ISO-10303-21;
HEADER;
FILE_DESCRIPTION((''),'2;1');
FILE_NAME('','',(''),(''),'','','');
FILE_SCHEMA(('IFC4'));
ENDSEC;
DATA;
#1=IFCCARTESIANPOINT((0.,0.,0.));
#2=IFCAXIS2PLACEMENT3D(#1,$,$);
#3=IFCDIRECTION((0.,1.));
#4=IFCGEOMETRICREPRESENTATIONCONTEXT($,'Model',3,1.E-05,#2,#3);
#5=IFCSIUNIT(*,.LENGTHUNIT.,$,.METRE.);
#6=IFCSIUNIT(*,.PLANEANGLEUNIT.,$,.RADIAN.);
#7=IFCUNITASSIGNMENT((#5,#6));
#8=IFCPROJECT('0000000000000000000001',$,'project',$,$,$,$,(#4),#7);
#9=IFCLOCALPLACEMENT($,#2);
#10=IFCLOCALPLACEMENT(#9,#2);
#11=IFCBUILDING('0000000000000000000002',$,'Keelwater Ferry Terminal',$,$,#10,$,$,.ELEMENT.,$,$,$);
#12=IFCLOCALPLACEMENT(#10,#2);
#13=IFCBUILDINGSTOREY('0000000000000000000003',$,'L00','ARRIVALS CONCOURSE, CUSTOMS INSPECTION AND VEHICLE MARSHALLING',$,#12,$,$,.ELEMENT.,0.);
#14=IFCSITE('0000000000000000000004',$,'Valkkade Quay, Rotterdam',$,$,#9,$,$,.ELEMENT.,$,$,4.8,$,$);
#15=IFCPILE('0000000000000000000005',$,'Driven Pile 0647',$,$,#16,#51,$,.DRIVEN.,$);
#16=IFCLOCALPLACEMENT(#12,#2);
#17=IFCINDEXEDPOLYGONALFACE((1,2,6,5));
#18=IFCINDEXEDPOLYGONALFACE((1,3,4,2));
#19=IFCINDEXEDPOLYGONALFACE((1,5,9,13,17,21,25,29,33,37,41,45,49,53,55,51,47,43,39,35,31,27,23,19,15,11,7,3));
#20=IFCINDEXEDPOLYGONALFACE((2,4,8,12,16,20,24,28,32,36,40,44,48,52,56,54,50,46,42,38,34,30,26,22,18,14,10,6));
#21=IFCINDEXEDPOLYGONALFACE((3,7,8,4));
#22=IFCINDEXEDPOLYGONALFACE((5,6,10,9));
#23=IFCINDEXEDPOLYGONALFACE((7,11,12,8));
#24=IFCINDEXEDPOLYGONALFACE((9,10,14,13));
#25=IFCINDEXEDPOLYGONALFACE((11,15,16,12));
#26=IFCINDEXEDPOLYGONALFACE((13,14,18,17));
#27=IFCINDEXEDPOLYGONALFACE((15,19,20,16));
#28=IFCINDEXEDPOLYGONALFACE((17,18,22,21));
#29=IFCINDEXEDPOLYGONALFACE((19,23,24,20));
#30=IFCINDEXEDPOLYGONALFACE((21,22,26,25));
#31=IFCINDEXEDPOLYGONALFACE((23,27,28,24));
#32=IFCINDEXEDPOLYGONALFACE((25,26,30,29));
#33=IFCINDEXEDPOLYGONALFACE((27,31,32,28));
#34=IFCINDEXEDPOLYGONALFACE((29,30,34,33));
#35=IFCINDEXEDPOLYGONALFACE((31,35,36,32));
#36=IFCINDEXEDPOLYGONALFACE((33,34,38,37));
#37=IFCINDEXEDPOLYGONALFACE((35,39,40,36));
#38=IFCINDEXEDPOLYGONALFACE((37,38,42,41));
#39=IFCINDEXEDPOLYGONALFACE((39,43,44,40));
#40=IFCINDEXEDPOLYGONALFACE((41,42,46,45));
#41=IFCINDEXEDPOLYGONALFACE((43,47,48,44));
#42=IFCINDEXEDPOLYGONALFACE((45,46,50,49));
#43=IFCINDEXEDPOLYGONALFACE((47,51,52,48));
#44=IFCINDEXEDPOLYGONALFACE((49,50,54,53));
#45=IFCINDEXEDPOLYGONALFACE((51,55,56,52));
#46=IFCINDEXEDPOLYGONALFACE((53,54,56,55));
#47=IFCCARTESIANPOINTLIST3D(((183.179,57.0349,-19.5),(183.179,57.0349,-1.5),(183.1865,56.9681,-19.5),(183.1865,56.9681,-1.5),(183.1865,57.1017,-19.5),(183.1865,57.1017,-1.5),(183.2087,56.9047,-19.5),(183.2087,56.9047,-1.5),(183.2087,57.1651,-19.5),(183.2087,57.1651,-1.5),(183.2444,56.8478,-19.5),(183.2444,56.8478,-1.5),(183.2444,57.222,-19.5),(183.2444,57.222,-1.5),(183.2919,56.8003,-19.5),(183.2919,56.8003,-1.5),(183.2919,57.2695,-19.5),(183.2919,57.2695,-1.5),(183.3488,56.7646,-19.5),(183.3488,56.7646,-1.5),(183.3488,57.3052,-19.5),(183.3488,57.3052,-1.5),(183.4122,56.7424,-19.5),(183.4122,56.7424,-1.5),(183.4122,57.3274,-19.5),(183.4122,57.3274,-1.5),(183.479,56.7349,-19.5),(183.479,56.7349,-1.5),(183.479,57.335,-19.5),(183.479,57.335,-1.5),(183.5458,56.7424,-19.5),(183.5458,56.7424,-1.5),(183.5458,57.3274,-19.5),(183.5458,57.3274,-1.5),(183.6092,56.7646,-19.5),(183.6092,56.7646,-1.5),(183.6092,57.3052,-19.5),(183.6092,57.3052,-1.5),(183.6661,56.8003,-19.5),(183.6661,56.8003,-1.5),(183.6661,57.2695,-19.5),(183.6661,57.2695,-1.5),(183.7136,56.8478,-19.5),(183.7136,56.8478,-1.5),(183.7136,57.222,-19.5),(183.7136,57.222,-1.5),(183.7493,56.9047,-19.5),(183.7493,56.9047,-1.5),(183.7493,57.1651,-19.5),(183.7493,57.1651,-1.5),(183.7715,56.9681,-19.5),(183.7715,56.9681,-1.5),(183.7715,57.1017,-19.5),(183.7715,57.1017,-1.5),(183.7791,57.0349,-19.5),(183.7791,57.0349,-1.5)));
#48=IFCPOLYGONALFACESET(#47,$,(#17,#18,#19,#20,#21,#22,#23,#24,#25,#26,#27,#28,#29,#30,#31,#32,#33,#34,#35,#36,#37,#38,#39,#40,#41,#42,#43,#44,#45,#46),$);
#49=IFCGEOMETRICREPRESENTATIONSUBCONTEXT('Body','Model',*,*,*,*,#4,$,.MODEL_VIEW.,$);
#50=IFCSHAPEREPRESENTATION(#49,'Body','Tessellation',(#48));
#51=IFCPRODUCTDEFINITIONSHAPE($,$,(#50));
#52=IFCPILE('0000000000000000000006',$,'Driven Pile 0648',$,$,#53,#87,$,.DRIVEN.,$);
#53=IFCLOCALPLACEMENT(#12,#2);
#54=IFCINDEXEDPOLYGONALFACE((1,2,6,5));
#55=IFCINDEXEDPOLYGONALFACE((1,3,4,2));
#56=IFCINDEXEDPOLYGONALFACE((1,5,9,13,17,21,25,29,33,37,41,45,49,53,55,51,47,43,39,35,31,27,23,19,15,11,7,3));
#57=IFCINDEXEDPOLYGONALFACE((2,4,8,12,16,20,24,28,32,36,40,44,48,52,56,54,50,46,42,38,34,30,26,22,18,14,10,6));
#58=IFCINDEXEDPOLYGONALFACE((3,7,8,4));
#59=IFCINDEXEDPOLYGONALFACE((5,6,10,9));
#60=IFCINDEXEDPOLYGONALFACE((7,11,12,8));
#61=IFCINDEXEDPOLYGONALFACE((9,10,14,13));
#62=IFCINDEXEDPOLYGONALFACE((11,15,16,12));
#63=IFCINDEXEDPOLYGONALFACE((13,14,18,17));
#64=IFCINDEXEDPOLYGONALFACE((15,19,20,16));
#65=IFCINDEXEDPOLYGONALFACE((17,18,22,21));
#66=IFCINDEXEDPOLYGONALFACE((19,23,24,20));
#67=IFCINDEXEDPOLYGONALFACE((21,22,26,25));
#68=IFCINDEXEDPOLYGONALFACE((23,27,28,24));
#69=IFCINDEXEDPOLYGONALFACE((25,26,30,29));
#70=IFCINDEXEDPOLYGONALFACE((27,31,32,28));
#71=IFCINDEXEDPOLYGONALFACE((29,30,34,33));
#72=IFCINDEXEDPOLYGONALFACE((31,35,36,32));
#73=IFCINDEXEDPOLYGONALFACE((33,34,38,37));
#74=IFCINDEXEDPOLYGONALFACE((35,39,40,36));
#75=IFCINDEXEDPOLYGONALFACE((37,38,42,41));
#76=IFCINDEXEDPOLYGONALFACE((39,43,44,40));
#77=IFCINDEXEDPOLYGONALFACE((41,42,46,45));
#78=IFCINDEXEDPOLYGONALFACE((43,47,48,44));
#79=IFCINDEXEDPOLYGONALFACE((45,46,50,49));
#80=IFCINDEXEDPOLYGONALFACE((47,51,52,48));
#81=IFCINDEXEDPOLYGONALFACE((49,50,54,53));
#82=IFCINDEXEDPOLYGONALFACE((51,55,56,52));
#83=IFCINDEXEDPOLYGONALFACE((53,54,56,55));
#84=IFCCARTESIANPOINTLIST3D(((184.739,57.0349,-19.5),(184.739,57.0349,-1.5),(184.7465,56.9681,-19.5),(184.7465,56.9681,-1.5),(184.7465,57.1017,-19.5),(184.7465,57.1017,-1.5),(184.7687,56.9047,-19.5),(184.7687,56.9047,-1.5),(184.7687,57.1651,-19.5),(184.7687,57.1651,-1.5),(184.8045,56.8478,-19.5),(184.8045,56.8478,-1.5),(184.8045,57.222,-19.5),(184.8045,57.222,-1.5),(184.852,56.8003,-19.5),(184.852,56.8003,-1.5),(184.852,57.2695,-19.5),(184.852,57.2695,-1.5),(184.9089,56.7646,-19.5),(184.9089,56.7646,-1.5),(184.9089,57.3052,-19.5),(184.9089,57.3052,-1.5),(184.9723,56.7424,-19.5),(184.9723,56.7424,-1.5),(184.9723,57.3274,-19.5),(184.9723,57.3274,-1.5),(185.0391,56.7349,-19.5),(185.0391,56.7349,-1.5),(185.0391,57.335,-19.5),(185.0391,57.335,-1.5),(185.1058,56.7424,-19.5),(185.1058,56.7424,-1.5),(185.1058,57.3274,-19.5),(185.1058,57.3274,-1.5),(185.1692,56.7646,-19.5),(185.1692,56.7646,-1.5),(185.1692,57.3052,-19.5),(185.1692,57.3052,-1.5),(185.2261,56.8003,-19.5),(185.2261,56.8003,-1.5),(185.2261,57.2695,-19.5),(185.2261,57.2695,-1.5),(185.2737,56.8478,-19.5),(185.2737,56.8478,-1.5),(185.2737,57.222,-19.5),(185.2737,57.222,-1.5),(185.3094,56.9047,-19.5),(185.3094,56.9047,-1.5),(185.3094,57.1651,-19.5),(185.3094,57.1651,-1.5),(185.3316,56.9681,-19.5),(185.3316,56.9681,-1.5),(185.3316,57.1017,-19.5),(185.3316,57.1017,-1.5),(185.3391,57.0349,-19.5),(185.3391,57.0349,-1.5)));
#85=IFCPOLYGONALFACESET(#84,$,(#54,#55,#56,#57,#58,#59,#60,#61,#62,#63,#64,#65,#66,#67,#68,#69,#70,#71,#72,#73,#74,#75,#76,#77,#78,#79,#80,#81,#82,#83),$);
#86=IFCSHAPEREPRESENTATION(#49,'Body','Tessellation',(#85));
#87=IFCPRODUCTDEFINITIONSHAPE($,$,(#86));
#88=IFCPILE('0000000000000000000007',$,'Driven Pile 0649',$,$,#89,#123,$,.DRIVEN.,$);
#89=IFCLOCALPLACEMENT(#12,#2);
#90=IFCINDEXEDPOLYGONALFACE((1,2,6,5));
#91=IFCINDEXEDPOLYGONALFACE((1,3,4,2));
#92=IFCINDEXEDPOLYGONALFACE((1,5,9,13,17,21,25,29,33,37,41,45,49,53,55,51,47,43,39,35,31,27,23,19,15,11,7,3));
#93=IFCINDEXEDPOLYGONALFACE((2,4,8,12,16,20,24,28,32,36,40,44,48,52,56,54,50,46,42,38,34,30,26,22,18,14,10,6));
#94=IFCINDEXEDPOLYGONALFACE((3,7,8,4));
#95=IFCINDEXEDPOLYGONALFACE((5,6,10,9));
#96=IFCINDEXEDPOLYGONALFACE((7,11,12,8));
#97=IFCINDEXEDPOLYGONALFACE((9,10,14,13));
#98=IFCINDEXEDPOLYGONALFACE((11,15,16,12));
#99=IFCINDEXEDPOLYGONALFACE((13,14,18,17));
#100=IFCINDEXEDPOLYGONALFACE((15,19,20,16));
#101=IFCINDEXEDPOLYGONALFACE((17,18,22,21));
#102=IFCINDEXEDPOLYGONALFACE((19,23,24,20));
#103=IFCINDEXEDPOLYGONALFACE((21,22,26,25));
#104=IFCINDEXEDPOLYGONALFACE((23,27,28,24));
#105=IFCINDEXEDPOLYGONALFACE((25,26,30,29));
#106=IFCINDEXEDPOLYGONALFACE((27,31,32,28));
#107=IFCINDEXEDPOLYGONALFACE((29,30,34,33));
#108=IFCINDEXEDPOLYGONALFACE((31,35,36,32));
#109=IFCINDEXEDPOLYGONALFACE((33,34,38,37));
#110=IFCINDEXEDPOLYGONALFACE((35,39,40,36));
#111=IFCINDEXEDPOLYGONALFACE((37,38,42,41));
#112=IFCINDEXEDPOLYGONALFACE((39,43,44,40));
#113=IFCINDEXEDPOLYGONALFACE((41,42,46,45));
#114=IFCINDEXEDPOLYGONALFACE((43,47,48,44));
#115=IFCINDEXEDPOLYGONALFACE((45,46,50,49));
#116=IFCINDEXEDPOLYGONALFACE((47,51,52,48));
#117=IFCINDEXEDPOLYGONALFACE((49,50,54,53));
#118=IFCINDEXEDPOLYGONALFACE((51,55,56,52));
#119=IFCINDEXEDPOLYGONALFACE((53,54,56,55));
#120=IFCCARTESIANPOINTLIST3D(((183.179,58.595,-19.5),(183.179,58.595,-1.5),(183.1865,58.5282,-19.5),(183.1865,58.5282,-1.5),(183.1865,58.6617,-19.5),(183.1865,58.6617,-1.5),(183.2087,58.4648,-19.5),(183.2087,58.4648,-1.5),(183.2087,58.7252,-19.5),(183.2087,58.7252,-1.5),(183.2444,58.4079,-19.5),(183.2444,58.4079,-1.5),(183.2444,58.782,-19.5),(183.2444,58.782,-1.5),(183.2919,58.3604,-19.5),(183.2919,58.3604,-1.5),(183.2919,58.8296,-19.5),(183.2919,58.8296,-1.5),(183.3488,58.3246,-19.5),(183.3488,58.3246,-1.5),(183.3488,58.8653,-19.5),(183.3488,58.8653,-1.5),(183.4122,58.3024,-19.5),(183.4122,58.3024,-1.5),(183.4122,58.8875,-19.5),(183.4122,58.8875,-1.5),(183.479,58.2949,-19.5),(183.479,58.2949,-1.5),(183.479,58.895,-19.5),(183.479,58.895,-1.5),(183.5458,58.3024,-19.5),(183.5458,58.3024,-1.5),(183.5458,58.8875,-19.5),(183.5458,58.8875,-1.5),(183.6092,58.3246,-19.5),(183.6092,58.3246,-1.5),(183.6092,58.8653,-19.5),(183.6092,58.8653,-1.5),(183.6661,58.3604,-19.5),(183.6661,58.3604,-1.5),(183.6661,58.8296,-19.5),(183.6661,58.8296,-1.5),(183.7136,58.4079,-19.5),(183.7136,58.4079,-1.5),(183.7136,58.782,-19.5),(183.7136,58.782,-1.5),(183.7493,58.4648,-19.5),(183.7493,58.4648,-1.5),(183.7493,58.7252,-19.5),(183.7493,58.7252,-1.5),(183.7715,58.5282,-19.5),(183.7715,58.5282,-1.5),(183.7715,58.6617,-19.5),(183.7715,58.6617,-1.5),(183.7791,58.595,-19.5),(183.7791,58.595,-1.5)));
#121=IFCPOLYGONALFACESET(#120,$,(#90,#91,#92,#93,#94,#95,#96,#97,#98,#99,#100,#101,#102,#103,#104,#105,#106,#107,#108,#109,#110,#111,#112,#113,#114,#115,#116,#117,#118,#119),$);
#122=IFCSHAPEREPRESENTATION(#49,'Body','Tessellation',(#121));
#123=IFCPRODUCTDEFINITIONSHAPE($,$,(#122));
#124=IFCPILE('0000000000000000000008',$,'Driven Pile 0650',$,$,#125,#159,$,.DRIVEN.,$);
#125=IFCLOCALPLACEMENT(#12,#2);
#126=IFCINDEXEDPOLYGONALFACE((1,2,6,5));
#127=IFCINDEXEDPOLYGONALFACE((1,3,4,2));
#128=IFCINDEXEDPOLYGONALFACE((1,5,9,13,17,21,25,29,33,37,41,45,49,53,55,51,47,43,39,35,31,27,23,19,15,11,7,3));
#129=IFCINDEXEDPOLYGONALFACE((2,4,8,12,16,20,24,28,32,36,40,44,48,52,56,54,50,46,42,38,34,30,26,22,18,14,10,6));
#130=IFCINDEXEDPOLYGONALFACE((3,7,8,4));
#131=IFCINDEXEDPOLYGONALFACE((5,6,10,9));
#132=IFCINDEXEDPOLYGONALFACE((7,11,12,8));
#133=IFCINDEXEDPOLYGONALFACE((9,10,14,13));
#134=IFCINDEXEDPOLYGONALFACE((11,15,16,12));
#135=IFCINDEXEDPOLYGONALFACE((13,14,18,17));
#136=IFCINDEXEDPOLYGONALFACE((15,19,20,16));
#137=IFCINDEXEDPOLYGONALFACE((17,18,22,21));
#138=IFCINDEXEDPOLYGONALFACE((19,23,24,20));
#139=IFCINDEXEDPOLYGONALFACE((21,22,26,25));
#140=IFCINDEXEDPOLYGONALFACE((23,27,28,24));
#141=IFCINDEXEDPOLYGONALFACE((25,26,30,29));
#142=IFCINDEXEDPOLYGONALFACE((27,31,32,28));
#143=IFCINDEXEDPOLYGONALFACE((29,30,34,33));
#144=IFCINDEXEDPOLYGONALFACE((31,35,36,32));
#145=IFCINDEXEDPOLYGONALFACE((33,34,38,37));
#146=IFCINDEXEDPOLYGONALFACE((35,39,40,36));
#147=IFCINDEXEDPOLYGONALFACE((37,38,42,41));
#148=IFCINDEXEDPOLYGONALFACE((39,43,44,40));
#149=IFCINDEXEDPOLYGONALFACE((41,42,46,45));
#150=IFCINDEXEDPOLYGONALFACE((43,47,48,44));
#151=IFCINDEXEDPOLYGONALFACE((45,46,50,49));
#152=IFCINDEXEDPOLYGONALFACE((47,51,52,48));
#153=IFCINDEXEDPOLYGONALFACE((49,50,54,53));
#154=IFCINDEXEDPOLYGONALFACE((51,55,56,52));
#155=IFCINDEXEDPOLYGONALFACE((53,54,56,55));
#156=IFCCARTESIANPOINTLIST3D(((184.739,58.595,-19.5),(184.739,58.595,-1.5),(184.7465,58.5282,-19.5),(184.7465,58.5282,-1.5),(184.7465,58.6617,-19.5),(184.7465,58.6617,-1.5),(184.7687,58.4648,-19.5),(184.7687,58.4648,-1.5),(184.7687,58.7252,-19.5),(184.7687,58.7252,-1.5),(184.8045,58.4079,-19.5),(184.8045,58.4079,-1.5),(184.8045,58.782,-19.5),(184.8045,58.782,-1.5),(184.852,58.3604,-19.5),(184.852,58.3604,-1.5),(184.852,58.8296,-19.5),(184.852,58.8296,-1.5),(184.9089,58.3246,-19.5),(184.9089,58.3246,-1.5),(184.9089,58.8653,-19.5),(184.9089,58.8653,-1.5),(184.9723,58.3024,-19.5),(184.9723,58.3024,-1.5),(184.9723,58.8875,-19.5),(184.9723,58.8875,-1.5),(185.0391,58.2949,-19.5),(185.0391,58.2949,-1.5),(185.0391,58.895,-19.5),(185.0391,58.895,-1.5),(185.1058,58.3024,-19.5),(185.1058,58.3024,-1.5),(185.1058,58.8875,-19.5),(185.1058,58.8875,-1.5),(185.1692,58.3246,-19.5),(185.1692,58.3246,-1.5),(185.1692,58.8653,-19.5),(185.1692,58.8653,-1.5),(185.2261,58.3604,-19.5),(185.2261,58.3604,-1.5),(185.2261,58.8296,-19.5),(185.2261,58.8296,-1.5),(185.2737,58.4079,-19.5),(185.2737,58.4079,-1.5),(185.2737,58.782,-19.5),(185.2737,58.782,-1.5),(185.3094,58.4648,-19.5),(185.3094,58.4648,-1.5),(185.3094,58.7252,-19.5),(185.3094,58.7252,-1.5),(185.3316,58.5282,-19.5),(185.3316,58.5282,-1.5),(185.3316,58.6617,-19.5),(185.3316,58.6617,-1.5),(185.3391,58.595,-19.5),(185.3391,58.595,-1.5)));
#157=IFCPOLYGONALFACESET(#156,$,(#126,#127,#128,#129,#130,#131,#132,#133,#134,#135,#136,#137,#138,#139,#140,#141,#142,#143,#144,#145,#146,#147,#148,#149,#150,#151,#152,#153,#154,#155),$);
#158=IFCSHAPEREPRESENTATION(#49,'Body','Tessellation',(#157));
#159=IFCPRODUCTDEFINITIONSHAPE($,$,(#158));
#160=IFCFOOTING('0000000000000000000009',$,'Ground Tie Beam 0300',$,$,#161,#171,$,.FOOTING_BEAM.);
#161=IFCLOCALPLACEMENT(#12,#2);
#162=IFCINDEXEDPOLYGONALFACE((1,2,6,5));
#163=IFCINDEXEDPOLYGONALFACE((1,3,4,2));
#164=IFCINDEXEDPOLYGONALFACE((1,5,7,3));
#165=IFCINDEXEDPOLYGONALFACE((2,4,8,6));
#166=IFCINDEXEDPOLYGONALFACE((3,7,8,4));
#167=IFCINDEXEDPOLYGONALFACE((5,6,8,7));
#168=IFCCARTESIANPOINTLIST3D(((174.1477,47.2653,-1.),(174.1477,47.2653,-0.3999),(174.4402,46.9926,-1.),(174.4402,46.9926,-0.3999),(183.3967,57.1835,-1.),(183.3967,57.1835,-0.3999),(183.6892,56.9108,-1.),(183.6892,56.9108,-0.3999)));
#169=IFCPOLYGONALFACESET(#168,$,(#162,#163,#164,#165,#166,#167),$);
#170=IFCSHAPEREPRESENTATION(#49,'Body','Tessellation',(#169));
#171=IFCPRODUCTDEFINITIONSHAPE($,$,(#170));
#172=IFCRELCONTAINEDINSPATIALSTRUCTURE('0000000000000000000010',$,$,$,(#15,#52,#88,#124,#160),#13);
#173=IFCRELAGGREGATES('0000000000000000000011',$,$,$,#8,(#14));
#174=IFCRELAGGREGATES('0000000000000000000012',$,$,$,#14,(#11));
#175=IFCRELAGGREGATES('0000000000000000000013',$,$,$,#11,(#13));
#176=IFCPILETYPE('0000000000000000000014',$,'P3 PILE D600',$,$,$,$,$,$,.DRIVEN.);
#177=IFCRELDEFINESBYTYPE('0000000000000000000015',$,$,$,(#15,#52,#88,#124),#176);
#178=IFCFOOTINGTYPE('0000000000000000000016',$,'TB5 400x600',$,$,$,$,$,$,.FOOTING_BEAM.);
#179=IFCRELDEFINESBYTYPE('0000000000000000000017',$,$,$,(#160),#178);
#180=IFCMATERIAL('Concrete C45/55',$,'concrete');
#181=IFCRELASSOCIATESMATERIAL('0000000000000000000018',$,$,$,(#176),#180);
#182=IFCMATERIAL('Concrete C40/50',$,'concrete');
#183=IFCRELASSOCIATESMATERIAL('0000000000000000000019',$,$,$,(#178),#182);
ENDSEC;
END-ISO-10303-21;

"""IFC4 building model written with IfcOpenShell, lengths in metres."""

from ifc_helpers import new_model, si_unit, direction, frame, origin, origin_2d, place, context, subcontext, project, spatial, rectangle, circle, extrude, material, material_profile, profile_set, type_object, element, save


model = new_model("IFC4")

# Units and contexts
model_context = context("Model", 3, precision=1e-05, world=origin(), true_north=direction((0.0, 1.0)))
body_context = subcontext(model_context, "Body", "Model", "MODEL_VIEW")
ifc_project = project(units=[si_unit("LENGTHUNIT", "METRE"), si_unit("PLANEANGLEUNIT", "RADIAN")], contexts=[model_context])

# Site, building, storey
site_placement = place(None, origin())
site = spatial("IfcSite", under=ifc_project, at=site_placement, Name="Valkkade Quay, Rotterdam", CompositionType="ELEMENT", RefElevation=4.8)
building_placement = place(site_placement, origin())
building = spatial("IfcBuilding", under=site, at=building_placement, Name="Keelwater Ferry Terminal", CompositionType="ELEMENT")
storey_placement = place(building_placement, origin())
storey = spatial("IfcBuildingStorey", under=building, at=storey_placement, Name="L00", Description="ARRIVALS CONCOURSE, CUSTOMS INSPECTION AND VEHICLE MARSHALLING", CompositionType="ELEMENT", Elevation=0.0)

# Piles
ifc_material_1 = material(Name="Concrete C45/55", Category="concrete")
ifc_material_profile_1 = material_profile(ifc_material_1, circle(Radius=0.3, at=origin_2d()), Name="PILE D600")
ifc_profile_set_1 = profile_set([ifc_material_profile_1], Name="Concrete C45/55")
pile_type = type_object("IfcPileType", Name="P3 PILE D600", PredefinedType="DRIVEN", material=ifc_profile_set_1)
for number, where, z_axis, x_axis, name in (
    (1, (183.479, 57.0349, -1.5), (0.0, 0.0, -1.0), (1.0, 0.0, 0.0), "Driven Pile 0647"),
    (2, (185.0391, 57.0349, -1.5), (0.0, 0.0, -1.0), (1.0, 0.0, 0.0), "Driven Pile 0648"),
    (3, (183.479, 58.595, -1.5), (0.0, 0.0, -1.0), (1.0, 0.0, 0.0), "Driven Pile 0649"),
    (4, (185.0391, 58.595, -1.5), (0.0, 0.0, -1.0), (1.0, 0.0, 0.0), "Driven Pile 0650"),
):
    element("IfcPile", number, at=place(storey_placement, frame(where, z_axis=z_axis, x_axis=x_axis)), inside=storey, type_object=pile_type, Name=name, PredefinedType="DRIVEN", context=body_context, shape_type="SweptSolid", body=[
        extrude(circle(Radius=0.3, at=origin_2d()), origin(), (0.0, 0.0, 1.0), 18.0),
    ])

# Footing
ifc_material_2 = material(Name="Concrete C40/50", Category="concrete")
ifc_material_profile_2 = material_profile(ifc_material_2, rectangle(XDim=0.3999, YDim=0.6001, at=origin_2d()), Name="TB 400x600")
ifc_profile_set_2 = profile_set([ifc_material_profile_2], Name="Concrete C40/50")
footing_type = type_object("IfcFootingType", Name="TB5 400x600", PredefinedType="FOOTING_BEAM", material=ifc_profile_set_2)
footing_placement = place(storey_placement, frame((183.543, 57.0471, -0.7), z_axis=(-0.682004, -0.731349, 0.0), x_axis=(0.731349, -0.682004, 0.0)))
element("IfcFooting", 5, at=footing_placement, inside=storey, type_object=footing_type, Name="Ground Tie Beam 0300", PredefinedType="FOOTING_BEAM", context=body_context, shape_type="SweptSolid", body=[
    extrude(rectangle(XDim=0.3999, YDim=0.6001, at=origin_2d()), origin(), (0.0, 0.0, 1.0), 13.5615),
])

save(model, "model.ifc")
